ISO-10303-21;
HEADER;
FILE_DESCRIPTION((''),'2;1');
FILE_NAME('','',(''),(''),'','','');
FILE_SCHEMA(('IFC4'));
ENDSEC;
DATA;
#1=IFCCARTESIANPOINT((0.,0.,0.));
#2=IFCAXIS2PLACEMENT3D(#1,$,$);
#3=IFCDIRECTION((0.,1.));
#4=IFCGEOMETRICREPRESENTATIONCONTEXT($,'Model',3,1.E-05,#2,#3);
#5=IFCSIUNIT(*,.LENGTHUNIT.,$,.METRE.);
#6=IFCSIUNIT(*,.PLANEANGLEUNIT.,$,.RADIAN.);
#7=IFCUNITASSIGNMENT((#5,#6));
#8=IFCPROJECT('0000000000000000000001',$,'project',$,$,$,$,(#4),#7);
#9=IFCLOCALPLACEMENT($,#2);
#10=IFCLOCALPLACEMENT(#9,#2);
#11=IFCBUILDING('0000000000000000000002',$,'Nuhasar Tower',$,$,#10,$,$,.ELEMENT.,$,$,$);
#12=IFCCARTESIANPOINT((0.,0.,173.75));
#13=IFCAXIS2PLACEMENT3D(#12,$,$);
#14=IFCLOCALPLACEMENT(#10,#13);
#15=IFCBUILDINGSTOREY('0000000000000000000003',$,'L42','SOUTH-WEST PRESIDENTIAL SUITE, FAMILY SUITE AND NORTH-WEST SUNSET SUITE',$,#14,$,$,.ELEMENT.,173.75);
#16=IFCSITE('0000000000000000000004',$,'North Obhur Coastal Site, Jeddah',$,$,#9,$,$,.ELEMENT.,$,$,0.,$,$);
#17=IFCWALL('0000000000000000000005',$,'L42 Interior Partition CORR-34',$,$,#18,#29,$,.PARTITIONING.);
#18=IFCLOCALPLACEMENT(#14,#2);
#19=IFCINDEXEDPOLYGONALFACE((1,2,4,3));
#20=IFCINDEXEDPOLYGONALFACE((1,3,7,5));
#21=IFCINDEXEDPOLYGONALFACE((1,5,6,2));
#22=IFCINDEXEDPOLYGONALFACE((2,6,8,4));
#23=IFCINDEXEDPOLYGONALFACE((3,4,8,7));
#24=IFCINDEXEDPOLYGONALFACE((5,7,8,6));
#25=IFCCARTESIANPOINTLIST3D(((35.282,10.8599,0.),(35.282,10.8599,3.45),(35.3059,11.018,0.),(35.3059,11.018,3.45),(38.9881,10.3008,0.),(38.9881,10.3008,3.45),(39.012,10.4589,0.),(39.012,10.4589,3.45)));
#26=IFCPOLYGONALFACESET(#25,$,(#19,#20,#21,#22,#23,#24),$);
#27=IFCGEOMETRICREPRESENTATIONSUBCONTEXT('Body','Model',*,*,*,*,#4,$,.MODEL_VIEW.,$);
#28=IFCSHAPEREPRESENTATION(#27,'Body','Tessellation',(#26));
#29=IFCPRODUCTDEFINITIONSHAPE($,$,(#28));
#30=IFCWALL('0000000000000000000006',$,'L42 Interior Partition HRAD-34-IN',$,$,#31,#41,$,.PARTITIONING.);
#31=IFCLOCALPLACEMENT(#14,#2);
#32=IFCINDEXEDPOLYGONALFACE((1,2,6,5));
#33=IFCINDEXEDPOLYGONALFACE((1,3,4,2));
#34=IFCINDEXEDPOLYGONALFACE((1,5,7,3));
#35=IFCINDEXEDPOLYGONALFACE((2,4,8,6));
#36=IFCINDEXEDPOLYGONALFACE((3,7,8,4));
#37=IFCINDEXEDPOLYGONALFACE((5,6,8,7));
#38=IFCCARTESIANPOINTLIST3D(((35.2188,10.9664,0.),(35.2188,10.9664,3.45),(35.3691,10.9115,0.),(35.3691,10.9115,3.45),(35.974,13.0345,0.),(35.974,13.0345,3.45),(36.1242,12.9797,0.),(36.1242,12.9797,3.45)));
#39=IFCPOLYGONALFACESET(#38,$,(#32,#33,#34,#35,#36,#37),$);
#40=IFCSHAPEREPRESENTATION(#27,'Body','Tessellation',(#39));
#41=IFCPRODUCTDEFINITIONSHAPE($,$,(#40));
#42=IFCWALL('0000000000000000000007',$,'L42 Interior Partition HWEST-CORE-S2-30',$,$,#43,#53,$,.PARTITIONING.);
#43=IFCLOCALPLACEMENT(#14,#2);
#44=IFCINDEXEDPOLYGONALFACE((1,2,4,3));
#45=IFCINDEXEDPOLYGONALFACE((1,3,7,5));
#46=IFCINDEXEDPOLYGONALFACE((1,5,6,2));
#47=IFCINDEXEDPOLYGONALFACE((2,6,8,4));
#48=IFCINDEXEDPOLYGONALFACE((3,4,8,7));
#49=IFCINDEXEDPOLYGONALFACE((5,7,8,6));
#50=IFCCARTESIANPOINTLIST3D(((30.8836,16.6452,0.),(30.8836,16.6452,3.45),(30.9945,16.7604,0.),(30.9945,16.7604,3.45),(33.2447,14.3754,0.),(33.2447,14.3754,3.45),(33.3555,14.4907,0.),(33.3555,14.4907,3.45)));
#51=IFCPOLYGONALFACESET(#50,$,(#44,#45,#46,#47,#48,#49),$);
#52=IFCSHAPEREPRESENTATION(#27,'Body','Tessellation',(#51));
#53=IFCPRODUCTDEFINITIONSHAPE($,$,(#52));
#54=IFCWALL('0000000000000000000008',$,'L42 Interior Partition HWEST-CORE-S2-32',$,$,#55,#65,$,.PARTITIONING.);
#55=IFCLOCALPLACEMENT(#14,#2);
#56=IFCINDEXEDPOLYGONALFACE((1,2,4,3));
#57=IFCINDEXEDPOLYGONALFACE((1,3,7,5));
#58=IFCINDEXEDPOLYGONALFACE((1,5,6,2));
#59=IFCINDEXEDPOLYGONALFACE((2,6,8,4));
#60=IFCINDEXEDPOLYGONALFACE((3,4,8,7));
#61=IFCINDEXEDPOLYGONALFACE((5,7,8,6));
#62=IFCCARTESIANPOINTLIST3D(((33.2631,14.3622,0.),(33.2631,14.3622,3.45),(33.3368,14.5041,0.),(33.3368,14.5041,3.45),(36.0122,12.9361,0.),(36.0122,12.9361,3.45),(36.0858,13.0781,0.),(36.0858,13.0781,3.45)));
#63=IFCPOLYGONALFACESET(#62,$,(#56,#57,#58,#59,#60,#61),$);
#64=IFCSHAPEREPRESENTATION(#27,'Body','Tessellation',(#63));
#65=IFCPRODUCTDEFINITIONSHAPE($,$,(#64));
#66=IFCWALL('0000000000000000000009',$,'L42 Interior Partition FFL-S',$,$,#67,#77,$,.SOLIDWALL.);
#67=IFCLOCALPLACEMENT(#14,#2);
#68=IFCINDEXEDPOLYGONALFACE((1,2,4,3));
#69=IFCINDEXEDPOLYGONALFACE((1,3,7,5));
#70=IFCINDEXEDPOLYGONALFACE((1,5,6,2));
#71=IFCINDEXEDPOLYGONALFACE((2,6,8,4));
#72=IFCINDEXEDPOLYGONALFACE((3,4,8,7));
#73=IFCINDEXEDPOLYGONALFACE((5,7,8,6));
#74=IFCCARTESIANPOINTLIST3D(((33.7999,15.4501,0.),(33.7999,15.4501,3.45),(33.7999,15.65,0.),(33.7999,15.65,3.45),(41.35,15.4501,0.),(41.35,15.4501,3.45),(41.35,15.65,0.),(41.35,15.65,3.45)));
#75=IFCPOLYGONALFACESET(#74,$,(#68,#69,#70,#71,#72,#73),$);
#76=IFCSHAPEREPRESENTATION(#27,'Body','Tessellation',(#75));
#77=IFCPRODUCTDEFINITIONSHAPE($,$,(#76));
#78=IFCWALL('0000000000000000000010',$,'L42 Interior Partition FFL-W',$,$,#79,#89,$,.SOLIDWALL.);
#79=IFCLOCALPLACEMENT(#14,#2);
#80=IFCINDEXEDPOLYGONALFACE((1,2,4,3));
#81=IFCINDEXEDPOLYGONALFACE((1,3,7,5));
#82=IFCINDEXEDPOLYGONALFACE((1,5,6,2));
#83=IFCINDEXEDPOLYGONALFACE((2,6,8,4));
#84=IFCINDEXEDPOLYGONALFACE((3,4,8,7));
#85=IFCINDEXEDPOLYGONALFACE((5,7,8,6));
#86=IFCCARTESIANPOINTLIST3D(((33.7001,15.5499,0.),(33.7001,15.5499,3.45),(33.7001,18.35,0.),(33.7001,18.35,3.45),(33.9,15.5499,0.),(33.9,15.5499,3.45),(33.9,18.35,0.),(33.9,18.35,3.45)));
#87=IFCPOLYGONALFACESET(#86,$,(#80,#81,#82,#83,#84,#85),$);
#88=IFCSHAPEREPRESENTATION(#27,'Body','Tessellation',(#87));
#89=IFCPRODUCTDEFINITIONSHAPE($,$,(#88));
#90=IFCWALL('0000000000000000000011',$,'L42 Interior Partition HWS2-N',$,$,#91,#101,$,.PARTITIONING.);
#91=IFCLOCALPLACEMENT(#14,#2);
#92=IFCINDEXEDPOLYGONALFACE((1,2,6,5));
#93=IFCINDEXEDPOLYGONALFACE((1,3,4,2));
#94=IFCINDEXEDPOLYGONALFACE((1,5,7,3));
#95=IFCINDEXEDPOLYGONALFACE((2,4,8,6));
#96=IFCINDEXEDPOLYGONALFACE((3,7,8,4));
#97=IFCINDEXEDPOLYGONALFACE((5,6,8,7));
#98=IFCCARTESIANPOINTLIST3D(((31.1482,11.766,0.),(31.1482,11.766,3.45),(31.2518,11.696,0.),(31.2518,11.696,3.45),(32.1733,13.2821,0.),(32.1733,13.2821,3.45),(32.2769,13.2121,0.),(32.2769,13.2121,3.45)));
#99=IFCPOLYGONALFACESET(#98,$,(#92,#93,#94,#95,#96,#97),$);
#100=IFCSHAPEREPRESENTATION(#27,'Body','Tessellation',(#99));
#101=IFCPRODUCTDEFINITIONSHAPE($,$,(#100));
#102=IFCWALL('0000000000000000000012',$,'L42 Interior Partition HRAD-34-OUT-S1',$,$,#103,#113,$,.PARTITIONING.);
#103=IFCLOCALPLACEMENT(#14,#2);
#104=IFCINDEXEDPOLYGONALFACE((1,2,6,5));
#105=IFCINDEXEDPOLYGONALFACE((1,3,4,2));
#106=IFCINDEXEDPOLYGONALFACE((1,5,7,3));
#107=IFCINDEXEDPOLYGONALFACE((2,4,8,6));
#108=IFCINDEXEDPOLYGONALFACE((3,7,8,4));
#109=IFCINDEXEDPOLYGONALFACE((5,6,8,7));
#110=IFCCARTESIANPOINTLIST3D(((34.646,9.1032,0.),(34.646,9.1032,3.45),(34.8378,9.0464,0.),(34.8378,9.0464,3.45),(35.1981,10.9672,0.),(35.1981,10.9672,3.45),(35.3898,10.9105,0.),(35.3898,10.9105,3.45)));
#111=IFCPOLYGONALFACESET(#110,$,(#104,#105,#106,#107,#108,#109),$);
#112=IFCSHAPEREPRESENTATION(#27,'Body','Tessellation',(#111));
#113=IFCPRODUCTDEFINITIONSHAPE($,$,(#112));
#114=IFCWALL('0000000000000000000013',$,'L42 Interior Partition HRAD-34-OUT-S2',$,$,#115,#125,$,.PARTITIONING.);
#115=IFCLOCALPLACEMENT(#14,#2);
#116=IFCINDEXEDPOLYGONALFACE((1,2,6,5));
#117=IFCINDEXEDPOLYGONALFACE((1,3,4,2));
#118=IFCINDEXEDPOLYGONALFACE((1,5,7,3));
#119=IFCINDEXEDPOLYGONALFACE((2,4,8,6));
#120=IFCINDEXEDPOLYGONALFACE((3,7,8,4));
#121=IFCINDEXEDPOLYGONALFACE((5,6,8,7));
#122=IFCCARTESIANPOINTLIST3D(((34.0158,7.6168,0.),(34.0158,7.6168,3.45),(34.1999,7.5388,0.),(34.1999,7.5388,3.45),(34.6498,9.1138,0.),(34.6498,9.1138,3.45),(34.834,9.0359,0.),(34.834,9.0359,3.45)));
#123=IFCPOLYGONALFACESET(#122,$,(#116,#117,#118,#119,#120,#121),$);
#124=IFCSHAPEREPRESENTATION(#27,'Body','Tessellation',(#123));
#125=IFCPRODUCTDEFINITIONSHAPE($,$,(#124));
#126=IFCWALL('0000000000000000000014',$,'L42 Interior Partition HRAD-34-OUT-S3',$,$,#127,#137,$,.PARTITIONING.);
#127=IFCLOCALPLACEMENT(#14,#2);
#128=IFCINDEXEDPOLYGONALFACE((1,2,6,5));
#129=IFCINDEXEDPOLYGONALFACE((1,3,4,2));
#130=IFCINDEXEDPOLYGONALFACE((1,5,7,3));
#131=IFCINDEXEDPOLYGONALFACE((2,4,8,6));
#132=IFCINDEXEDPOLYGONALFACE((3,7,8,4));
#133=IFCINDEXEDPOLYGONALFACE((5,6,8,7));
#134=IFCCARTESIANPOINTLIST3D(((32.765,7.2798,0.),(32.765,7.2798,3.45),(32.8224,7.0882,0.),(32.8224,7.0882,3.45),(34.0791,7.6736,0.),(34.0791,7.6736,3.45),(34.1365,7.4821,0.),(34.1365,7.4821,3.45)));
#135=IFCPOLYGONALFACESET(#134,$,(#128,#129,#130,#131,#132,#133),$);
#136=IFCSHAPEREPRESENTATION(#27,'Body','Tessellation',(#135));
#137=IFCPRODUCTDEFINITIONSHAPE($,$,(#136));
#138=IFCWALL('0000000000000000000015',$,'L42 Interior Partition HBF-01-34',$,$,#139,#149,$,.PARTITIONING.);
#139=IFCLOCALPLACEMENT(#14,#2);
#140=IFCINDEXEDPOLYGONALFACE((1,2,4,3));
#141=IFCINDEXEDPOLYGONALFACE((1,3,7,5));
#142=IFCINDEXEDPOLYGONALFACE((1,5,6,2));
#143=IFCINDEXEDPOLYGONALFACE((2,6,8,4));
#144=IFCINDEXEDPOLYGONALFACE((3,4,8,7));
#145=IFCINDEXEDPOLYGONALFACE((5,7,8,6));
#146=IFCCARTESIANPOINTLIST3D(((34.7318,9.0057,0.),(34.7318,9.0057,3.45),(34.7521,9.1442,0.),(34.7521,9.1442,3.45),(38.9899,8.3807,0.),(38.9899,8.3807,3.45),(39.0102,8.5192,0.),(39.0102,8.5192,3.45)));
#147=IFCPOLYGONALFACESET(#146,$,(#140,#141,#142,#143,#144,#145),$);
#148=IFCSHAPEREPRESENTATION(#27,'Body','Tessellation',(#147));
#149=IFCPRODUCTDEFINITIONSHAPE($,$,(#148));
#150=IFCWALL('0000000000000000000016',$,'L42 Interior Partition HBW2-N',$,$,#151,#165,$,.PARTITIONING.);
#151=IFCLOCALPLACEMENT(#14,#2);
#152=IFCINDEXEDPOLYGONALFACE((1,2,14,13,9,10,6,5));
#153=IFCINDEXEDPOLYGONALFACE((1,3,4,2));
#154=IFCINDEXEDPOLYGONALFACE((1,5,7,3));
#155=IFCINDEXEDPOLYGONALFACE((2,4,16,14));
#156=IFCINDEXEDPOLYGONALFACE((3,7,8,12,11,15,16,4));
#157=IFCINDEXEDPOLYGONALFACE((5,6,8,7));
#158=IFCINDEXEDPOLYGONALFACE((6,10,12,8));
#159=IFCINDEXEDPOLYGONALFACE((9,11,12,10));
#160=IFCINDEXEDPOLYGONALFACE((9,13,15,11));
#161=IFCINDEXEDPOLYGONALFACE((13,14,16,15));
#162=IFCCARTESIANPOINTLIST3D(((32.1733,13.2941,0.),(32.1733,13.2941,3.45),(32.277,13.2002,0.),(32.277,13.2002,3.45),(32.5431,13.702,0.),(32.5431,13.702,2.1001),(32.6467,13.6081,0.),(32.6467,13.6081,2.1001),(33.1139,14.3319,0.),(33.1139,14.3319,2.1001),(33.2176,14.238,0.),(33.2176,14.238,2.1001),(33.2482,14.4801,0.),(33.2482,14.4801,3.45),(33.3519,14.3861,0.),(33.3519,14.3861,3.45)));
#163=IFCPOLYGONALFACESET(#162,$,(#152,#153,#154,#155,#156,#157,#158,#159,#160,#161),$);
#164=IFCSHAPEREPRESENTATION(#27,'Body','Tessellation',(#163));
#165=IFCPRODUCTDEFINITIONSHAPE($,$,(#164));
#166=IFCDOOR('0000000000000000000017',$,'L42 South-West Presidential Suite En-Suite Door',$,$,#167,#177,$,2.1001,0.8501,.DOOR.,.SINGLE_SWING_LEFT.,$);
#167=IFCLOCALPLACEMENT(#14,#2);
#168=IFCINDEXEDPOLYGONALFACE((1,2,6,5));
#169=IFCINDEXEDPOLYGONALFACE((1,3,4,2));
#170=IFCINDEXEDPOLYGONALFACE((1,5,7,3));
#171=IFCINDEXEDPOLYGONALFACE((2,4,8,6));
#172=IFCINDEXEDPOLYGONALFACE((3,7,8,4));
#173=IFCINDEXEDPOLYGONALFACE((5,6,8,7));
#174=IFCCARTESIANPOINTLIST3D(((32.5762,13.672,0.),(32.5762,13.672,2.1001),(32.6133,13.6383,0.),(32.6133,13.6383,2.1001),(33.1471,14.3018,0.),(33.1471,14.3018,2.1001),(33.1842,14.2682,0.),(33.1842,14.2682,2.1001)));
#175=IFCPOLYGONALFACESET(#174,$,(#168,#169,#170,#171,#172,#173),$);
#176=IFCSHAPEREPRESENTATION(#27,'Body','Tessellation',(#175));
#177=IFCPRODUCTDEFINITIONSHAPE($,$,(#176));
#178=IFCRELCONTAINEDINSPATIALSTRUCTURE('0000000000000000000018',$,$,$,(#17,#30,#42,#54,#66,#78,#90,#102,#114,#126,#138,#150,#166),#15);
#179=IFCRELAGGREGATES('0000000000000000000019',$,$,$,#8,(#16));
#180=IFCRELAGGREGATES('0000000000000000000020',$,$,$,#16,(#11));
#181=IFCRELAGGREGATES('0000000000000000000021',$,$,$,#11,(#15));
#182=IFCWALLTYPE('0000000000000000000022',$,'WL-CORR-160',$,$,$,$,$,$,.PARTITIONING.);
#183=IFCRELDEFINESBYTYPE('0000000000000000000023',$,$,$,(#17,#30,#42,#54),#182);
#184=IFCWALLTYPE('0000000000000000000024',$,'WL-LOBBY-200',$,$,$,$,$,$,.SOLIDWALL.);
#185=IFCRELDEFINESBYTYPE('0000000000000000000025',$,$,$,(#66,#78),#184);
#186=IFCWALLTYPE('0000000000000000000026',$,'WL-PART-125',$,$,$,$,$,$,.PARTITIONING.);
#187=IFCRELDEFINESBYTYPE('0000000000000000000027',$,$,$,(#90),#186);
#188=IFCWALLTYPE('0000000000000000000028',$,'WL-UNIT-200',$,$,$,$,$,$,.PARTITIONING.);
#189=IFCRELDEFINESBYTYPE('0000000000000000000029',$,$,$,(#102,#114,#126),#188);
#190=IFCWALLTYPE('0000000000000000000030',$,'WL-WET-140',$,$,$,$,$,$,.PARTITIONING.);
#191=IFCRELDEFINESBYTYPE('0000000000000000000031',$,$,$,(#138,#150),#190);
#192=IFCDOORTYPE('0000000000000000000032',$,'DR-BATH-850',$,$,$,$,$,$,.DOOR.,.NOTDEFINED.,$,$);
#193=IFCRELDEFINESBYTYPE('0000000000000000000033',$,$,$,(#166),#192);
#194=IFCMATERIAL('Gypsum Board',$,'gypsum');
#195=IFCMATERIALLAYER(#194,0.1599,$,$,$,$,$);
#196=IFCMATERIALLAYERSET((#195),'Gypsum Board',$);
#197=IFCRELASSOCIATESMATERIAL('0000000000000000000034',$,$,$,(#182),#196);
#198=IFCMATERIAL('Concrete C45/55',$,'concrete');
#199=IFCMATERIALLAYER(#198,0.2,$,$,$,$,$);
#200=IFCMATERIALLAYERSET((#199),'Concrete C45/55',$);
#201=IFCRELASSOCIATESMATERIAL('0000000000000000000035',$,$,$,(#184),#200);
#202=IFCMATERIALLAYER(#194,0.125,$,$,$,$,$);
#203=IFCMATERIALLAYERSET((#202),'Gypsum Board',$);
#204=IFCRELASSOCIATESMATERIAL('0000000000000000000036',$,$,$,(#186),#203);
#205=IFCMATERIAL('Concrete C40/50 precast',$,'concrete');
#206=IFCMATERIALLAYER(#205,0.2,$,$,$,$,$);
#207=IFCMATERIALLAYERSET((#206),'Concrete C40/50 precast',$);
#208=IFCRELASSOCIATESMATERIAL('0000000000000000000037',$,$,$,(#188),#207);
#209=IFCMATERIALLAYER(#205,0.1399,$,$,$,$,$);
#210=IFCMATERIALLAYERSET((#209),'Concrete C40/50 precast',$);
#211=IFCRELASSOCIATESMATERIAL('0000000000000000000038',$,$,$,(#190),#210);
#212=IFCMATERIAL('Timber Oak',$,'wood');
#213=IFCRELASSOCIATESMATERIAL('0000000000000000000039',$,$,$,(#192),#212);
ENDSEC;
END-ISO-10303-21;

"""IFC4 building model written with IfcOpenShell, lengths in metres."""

from ifc_helpers import new_model, si_unit, direction, frame, frame_2d, origin, place, context, subcontext, project, spatial, rectangle, extrude, material, layer, layer_set, type_object, element, fill, save


model = new_model("IFC4")

# Units and contexts
model_context = context("Model", 3, precision=1e-05, world=origin(), true_north=direction((0.0, 1.0)))
body_context = subcontext(model_context, "Body", "Model", "MODEL_VIEW")
ifc_project = project(units=[si_unit("LENGTHUNIT", "METRE"), si_unit("PLANEANGLEUNIT", "RADIAN")], contexts=[model_context])

# Site, building, storey
site_placement = place(None, origin())
site = spatial("IfcSite", under=ifc_project, at=site_placement, Name="North Obhur Coastal Site, Jeddah", CompositionType="ELEMENT", RefElevation=0.0)
building_placement = place(site_placement, origin())
building = spatial("IfcBuilding", under=site, at=building_placement, Name="Nuhasar Tower", CompositionType="ELEMENT")
storey_placement = place(building_placement, frame((0.0, 0.0, 173.75)))
storey = spatial("IfcBuildingStorey", under=building, at=storey_placement, Name="L42", Description="SOUTH-WEST PRESIDENTIAL SUITE, FAMILY SUITE AND NORTH-WEST SUNSET SUITE", CompositionType="ELEMENT", Elevation=173.75)

# Walls
ifc_material_1 = material(Name="Gypsum Board", Category="gypsum")
ifc_layer_1 = layer(ifc_material_1, 0.1599)
ifc_layer_set_1 = layer_set([ifc_layer_1], Name="Gypsum Board")
wall_type_1 = type_object("IfcWallType", Name="WL-CORR-160", PredefinedType="PARTITIONING", material=ifc_layer_set_1)
wall_1_placement = place(storey_placement, frame((35.2939, 10.939, 0.0), z_axis=(0.0, 0.0, 1.0), x_axis=(0.988812, -0.149169, 0.0)))
element("IfcWall", 1, at=wall_1_placement, inside=storey, type_object=wall_type_1, Name="L42 Interior Partition CORR-34", PredefinedType="PARTITIONING", context=body_context, shape_type="SweptSolid", body=[
    extrude(rectangle(XDim=3.748, YDim=0.1599, at=frame_2d((1.874, 0.0))), origin(), (0.0, 0.0, 1.0), 3.45),
])
wall_2_placement = place(storey_placement, frame((36.0491, 13.0071, 0.0), z_axis=(0.0, 0.0, 1.0), x_axis=(-0.34298, -0.939343, 0.0)))
element("IfcWall", 2, at=wall_2_placement, inside=storey, type_object=wall_type_1, Name="L42 Interior Partition HRAD-34-IN", PredefinedType="PARTITIONING", context=body_context, shape_type="SweptSolid", body=[
    extrude(rectangle(XDim=2.2017, YDim=0.1599, at=frame_2d((1.1008, 0.0))), origin(), (0.0, 0.0, 1.0), 3.45),
])
wall_3_placement = place(storey_placement, frame((30.939, 16.7029, 0.0), z_axis=(0.0, 0.0, 1.0), x_axis=(0.720909, -0.69303, 0.0)))
element("IfcWall", 3, at=wall_3_placement, inside=storey, type_object=wall_type_1, Name="L42 Interior Partition HWEST-CORE-S2-30", PredefinedType="PARTITIONING", context=body_context, shape_type="SweptSolid", body=[
    extrude(rectangle(XDim=3.2751, YDim=0.1599, at=frame_2d((1.6377, 0.0))), origin(), (0.0, 0.0, 1.0), 3.45),
])
wall_4_placement = place(storey_placement, frame((33.3, 14.4331, 0.0), z_axis=(0.0, 0.0, 1.0), x_axis=(0.887675, -0.460471, 0.0)))
element("IfcWall", 4, at=wall_4_placement, inside=storey, type_object=wall_type_1, Name="L42 Interior Partition HWEST-CORE-S2-32", PredefinedType="PARTITIONING", context=body_context, shape_type="SweptSolid", body=[
    extrude(rectangle(XDim=3.0969, YDim=0.1599, at=frame_2d((1.5483, 0.0))), origin(), (0.0, 0.0, 1.0), 3.45),
])
ifc_material_2 = material(Name="Concrete C45/55", Category="concrete")
ifc_layer_2 = layer(ifc_material_2, 0.2)
ifc_layer_set_2 = layer_set([ifc_layer_2], Name="Concrete C45/55")
wall_type_2 = type_object("IfcWallType", Name="WL-LOBBY-200", PredefinedType="SOLIDWALL", material=ifc_layer_set_2)
wall_5_placement = place(storey_placement, frame((33.8, 15.55, 0.0), z_axis=(0.0, 0.0, 1.0), x_axis=(1.0, 0.0, 0.0)))
element("IfcWall", 5, at=wall_5_placement, inside=storey, type_object=wall_type_2, Name="L42 Interior Partition FFL-S", PredefinedType="SOLIDWALL", context=body_context, shape_type="SweptSolid", body=[
    extrude(rectangle(XDim=7.55, YDim=0.2, at=frame_2d((3.7749, 0.0))), origin(), (0.0, 0.0, 1.0), 3.45),
])
wall_6_placement = place(storey_placement, frame((33.8, 15.55, 0.0), z_axis=(0.0, 0.0, 1.0), x_axis=(0.0, 1.0, 0.0)))
element("IfcWall", 6, at=wall_6_placement, inside=storey, type_object=wall_type_2, Name="L42 Interior Partition FFL-W", PredefinedType="SOLIDWALL", context=body_context, shape_type="SweptSolid", body=[
    extrude(rectangle(XDim=2.8, YDim=0.2, at=frame_2d((1.3999, 0.0))), origin(), (0.0, 0.0, 1.0), 3.45),
])
ifc_layer_3 = layer(ifc_material_1, 0.125)
ifc_layer_set_3 = layer_set([ifc_layer_3], Name="Gypsum Board")
wall_type_3 = type_object("IfcWallType", Name="WL-PART-125", PredefinedType="PARTITIONING", material=ifc_layer_set_3)
wall_7_placement = place(storey_placement, frame((32.2251, 13.2471, 0.0), z_axis=(0.0, 0.0, 1.0), x_axis=(-0.560137, -0.8284, 0.0)))
element("IfcWall", 7, at=wall_7_placement, inside=storey, type_object=wall_type_3, Name="L42 Interior Partition HWS2-N", PredefinedType="PARTITIONING", context=body_context, shape_type="SweptSolid", body=[
    extrude(rectangle(XDim=1.8301, YDim=0.125, at=frame_2d((0.915, 0.0))), origin(), (0.0, 0.0, 1.0), 3.45),
])
ifc_material_3 = material(Name="Concrete C40/50 precast", Category="concrete")
ifc_layer_4 = layer(ifc_material_3, 0.2)
ifc_layer_set_4 = layer_set([ifc_layer_4], Name="Concrete C40/50 precast")
wall_type_4 = type_object("IfcWallType", Name="WL-UNIT-200", PredefinedType="PARTITIONING", material=ifc_layer_set_4)
wall_8_placement = place(storey_placement, frame((35.2939, 10.939, 0.0), z_axis=(0.0, 0.0, 1.0), x_axis=(-0.283947, -0.95884, 0.0)))
element("IfcWall", 8, at=wall_8_placement, inside=storey, type_object=wall_type_4, Name="L42 Interior Partition HRAD-34-OUT-S1", PredefinedType="PARTITIONING", context=body_context, shape_type="SweptSolid", body=[
    extrude(rectangle(XDim=1.9441, YDim=0.2, at=frame_2d((0.9722, 0.0))), origin(), (0.0, 0.0, 1.0), 3.45),
])
wall_9_placement = place(storey_placement, frame((34.7419, 9.075, 0.0), z_axis=(0.0, 0.0, 1.0), x_axis=(-0.389983, -0.920822, 0.0)))
element("IfcWall", 9, at=wall_9_placement, inside=storey, type_object=wall_type_4, Name="L42 Interior Partition HRAD-34-OUT-S2", PredefinedType="PARTITIONING", context=body_context, shape_type="SweptSolid", body=[
    extrude(rectangle(XDim=1.6257, YDim=0.2, at=frame_2d((0.813, 0.0))), origin(), (0.0, 0.0, 1.0), 3.45),
])
wall_10_placement = place(storey_placement, frame((34.1079, 7.5779, 0.0), z_axis=(0.0, 0.0, 1.0), x_axis=(-0.957905, -0.287087, 0.0)))
element("IfcWall", 10, at=wall_10_placement, inside=storey, type_object=wall_type_4, Name="L42 Interior Partition HRAD-34-OUT-S3", PredefinedType="PARTITIONING", context=body_context, shape_type="SweptSolid", body=[
    extrude(rectangle(XDim=1.3718, YDim=0.2, at=frame_2d((0.686, 0.0))), origin(), (0.0, 0.0, 1.0), 3.45),
])
ifc_layer_5 = layer(ifc_material_3, 0.1399)
ifc_layer_set_5 = layer_set([ifc_layer_5], Name="Concrete C40/50 precast")
wall_type_5 = type_object("IfcWallType", Name="WL-WET-140", PredefinedType="PARTITIONING", material=ifc_layer_set_5)
wall_11_placement = place(storey_placement, frame((34.7419, 9.075, 0.0), z_axis=(0.0, 0.0, 1.0), x_axis=(0.989399, -0.145225, 0.0)))
element("IfcWall", 11, at=wall_11_placement, inside=storey, type_object=wall_type_5, Name="L42 Interior Partition HBF-01-34", PredefinedType="PARTITIONING", context=body_context, shape_type="SweptSolid", body=[
    extrude(rectangle(XDim=4.3037, YDim=0.1399, at=frame_2d((2.1519, 0.0))), origin(), (0.0, 0.0, 1.0), 3.45),
])

# Wall, opening, door
wall_12_placement = place(storey_placement, frame((33.3, 14.4331, 0.0), z_axis=(0.0, 0.0, 1.0), x_axis=(-0.671556, -0.740954, 0.0)))
wall_12 = element("IfcWall", 12, at=wall_12_placement, inside=storey, type_object=wall_type_5, Name="L42 Interior Partition HBW2-N", PredefinedType="PARTITIONING", context=body_context, shape_type="SweptSolid", body=[
    extrude(rectangle(XDim=1.6006, YDim=0.1399, at=frame_2d((0.8003, 0.0))), origin(), (0.0, 0.0, 1.0), 3.45),
])
opening_placement = place(wall_12_placement, frame((0.2, 0.0, 0.0)))
opening = element("IfcOpeningElement", 13, at=opening_placement, cuts=wall_12, PredefinedType="OPENING", context=body_context, shape_type="SweptSolid", body=[
    extrude(rectangle(XDim=0.8501, YDim=2.1001, at=frame_2d((0.425, 1.05))), frame((0.0, 0.0801, 0.0), z_axis=(0.0, -1.0, 0.0), x_axis=(1.0, 0.0, 0.0)), (0.0, 0.0, 1.0), 0.1599),
])
ifc_material_4 = material(Name="Timber Oak", Category="wood")
door_type = type_object("IfcDoorType", Name="DR-BATH-850", OperationType="NOTDEFINED", PredefinedType="DOOR", material=ifc_material_4)
door_placement = place(opening_placement, origin())
door = element("IfcDoor", 14, at=door_placement, inside=storey, type_object=door_type, Name="L42 South-West Presidential Suite En-Suite Door", OperationType="SINGLE_SWING_LEFT", OverallHeight=2.1001, OverallWidth=0.8501, PredefinedType="DOOR", context=body_context, shape_type="SweptSolid", body=[
    extrude(rectangle(XDim=0.8501, YDim=2.1001, at=frame_2d((0.425, 1.05))), frame((0.0, 0.0249, 0.0), z_axis=(0.0, -1.0, 0.0), x_axis=(1.0, 0.0, 0.0)), (0.0, 0.0, 1.0), 0.05),
])
fill(opening, door)

save(model, "model.ifc")
